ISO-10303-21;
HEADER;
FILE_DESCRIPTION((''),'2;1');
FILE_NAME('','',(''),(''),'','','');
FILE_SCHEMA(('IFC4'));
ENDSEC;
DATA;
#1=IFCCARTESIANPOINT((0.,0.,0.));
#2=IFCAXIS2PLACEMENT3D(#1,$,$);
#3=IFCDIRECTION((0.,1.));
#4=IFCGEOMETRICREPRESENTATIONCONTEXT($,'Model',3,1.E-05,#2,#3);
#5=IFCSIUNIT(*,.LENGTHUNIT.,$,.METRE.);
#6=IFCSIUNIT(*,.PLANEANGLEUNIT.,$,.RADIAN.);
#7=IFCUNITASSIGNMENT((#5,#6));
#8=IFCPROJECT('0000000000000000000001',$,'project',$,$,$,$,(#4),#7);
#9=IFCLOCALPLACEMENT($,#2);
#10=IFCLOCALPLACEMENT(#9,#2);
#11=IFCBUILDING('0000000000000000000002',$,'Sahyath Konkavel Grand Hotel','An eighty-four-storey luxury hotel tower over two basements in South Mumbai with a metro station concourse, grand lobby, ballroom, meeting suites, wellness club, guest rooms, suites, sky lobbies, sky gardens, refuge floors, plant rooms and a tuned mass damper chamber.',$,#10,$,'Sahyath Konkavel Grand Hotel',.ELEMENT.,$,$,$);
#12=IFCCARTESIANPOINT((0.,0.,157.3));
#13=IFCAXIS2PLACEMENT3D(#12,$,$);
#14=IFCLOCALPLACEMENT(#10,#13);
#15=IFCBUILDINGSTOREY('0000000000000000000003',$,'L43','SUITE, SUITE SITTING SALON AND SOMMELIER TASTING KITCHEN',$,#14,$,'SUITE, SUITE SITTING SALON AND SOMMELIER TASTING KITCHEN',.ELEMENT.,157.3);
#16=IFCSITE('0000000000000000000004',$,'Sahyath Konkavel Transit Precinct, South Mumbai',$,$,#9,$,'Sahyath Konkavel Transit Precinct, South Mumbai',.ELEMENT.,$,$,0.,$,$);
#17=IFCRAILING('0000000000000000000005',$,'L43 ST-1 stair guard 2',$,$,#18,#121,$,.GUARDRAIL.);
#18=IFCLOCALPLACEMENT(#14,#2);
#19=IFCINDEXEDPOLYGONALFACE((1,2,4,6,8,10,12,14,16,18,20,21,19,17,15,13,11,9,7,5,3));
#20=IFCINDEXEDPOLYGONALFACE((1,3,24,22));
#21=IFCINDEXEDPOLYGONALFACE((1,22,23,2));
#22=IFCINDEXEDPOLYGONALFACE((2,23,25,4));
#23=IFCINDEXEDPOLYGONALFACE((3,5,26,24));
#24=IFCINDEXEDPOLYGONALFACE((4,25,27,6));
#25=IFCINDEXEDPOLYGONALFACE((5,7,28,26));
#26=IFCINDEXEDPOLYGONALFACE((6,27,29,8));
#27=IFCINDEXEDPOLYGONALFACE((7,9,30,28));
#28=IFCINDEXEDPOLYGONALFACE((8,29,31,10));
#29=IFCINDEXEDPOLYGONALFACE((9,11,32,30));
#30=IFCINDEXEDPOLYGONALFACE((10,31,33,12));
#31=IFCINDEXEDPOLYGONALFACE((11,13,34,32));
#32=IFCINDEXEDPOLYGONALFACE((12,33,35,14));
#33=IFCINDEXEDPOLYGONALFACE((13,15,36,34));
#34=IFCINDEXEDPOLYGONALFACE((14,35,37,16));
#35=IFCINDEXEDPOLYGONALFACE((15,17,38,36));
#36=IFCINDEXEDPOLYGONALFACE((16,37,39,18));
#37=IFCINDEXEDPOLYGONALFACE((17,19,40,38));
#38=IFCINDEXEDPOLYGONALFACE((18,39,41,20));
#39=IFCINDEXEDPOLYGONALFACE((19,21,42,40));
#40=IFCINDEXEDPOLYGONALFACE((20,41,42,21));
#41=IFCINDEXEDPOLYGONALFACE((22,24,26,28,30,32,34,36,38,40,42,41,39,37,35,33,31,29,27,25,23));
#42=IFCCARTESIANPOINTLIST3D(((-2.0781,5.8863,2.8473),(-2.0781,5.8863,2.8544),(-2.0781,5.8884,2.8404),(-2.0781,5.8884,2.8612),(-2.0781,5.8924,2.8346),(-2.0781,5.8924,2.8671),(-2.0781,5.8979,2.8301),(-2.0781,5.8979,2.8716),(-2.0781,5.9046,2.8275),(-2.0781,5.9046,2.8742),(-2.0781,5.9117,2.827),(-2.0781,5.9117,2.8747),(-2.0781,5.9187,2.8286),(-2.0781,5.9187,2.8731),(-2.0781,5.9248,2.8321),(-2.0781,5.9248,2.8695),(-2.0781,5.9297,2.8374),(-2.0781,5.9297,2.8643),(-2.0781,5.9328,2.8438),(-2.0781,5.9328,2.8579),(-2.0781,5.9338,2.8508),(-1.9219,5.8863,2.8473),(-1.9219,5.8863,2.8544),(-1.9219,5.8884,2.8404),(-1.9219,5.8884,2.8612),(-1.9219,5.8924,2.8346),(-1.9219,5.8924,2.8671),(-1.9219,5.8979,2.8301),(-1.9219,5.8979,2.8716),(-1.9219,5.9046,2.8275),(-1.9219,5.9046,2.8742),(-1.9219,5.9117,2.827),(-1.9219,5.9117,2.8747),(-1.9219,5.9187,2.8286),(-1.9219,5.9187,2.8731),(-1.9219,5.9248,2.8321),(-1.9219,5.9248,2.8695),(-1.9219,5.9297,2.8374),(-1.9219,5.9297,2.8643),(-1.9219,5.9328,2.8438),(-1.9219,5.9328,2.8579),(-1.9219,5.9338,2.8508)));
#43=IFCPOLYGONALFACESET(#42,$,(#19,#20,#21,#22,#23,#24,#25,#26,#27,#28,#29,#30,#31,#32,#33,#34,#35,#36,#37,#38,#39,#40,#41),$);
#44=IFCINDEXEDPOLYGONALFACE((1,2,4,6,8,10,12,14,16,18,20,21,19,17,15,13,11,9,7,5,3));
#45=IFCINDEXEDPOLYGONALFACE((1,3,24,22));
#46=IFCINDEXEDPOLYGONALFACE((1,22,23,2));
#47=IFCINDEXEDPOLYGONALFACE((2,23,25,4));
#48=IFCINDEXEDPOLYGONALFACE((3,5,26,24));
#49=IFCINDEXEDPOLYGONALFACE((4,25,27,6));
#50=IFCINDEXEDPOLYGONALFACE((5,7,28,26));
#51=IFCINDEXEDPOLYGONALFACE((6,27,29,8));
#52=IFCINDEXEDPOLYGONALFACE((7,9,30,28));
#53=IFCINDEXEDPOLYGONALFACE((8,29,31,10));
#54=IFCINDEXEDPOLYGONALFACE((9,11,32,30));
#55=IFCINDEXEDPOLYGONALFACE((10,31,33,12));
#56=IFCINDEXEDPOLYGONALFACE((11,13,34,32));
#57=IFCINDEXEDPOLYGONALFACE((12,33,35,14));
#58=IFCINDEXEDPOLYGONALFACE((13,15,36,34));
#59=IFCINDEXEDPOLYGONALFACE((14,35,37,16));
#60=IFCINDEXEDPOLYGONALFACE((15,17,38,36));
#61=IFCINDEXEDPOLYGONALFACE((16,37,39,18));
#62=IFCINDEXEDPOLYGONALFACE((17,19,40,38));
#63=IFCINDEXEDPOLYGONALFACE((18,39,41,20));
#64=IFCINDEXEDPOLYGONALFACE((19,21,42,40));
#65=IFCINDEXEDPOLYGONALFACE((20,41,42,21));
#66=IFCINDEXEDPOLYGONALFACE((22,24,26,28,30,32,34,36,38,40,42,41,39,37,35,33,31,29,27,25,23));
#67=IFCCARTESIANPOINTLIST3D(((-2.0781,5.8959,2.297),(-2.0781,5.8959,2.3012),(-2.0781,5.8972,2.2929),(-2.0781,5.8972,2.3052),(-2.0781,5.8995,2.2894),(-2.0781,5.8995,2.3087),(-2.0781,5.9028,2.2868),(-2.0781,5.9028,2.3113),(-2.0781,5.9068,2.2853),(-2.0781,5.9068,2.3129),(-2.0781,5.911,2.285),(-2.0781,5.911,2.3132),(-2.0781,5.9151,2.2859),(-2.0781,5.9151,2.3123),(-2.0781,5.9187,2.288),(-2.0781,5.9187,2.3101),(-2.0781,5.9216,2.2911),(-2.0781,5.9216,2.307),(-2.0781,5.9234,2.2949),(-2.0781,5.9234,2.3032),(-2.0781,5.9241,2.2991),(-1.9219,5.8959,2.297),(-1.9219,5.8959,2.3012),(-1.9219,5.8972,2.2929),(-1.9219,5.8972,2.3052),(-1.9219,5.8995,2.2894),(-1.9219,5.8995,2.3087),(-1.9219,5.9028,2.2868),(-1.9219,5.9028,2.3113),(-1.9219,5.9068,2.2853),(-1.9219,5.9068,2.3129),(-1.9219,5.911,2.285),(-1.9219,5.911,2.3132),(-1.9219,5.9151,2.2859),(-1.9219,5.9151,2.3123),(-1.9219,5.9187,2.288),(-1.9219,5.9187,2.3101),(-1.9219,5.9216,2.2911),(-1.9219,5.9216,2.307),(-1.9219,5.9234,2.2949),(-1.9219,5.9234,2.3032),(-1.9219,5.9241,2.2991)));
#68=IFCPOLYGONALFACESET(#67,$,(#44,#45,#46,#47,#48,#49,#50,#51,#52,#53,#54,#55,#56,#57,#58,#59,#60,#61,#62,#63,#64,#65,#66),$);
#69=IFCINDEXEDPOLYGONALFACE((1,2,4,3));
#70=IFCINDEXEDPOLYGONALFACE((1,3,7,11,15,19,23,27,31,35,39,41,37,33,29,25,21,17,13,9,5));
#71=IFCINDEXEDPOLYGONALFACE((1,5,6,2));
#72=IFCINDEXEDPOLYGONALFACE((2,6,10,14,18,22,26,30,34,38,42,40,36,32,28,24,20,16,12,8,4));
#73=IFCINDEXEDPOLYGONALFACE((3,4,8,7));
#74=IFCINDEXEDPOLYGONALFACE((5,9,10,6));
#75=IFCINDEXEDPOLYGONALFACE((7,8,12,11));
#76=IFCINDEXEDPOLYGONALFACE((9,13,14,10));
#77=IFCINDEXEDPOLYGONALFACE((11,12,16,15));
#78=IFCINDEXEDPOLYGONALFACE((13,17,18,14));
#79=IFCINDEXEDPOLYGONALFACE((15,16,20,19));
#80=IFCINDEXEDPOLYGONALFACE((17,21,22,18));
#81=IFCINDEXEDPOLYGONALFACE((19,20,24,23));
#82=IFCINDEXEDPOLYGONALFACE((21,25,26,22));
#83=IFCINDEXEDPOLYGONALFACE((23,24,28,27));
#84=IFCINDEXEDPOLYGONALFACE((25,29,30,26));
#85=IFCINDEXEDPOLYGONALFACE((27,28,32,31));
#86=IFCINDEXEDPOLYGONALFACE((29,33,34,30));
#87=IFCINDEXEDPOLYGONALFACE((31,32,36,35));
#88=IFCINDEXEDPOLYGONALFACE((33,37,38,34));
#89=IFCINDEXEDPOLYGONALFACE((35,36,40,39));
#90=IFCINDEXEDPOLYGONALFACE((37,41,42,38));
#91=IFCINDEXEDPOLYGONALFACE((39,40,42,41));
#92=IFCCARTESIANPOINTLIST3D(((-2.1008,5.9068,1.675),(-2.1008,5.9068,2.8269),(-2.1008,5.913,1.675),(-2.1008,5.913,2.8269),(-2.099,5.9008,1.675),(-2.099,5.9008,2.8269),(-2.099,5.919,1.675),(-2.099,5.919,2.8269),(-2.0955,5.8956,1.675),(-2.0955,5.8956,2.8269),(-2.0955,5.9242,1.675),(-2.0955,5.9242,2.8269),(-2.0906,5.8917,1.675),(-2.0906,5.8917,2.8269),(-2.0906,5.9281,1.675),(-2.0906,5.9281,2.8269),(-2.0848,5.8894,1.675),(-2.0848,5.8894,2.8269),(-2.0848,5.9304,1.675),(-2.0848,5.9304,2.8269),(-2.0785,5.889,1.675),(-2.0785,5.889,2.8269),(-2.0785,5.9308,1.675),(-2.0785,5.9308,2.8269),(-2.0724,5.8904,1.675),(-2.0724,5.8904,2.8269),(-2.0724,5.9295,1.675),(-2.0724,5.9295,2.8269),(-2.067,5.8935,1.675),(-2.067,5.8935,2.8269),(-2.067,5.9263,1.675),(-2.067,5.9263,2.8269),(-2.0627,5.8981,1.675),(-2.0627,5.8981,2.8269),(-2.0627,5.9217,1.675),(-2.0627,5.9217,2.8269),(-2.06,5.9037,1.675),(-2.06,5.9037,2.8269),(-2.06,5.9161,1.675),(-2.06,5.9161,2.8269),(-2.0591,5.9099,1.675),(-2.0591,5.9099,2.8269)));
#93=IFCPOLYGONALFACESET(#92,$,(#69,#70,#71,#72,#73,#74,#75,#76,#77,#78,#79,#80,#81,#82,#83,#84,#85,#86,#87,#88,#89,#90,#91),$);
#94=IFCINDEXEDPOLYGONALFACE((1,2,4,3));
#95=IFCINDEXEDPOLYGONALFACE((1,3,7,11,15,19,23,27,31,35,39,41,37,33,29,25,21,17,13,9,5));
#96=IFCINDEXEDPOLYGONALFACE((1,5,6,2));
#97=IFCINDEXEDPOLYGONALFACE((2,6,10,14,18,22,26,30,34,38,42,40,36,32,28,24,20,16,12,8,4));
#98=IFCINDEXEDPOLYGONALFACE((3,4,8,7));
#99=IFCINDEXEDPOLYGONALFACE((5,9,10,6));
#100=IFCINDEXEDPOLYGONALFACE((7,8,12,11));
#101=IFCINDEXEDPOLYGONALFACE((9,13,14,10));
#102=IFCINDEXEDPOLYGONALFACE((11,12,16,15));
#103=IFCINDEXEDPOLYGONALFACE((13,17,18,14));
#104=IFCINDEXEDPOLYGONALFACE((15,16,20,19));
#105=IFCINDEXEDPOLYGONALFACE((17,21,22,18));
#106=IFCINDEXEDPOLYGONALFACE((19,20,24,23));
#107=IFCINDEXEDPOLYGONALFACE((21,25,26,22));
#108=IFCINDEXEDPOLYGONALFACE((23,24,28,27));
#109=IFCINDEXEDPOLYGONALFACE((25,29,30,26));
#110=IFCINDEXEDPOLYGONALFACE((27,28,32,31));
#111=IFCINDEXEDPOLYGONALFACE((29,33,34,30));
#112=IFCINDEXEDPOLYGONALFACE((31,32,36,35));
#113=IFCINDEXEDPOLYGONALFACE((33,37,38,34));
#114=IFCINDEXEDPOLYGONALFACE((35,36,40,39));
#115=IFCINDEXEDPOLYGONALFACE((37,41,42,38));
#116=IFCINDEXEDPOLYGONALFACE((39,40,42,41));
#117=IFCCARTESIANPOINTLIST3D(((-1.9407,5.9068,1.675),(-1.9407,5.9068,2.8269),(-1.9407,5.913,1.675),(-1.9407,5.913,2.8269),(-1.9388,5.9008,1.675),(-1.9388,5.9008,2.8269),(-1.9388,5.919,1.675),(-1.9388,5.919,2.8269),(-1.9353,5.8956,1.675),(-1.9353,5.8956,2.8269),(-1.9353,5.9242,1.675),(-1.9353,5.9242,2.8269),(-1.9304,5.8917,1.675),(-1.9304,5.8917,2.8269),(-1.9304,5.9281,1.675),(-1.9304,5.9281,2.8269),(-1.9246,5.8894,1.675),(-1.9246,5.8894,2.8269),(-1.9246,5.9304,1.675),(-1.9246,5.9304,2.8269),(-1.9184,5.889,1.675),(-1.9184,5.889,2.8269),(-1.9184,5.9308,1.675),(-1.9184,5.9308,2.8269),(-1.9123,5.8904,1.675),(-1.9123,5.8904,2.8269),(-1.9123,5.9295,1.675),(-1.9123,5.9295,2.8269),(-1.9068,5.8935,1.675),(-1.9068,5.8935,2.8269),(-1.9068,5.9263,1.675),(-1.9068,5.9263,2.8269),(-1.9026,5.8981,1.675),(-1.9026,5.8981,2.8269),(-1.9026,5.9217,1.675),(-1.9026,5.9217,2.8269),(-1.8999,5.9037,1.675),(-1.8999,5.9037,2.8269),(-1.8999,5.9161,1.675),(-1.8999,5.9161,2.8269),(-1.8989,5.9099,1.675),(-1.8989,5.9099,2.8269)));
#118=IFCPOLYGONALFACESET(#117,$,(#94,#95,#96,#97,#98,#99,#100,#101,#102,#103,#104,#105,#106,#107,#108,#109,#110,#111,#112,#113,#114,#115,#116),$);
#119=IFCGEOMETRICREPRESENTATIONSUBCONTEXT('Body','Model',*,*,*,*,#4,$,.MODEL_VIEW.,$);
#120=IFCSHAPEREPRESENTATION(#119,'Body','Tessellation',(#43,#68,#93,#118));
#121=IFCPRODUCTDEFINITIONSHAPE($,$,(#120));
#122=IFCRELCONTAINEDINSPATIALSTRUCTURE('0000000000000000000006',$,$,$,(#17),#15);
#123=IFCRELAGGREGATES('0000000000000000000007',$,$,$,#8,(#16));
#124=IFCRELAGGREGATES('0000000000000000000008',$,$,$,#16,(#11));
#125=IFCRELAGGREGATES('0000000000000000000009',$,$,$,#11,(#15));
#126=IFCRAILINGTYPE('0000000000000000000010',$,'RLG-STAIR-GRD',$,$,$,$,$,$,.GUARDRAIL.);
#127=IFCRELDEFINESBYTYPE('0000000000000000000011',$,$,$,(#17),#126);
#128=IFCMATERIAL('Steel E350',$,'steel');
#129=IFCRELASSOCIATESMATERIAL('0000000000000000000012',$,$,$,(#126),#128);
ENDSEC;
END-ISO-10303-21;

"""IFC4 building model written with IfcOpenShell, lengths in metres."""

from ifc_helpers import new_model, si_unit, direction, frame, origin, origin_2d, place, context, subcontext, project, spatial, circle, extrude, material, type_object, element, save


model = new_model("IFC4")

# Units and contexts
model_context = context("Model", 3, precision=1e-05, world=origin(), true_north=direction((0.0, 1.0)))
body_context = subcontext(model_context, "Body", "Model", "MODEL_VIEW")
ifc_project = project(units=[si_unit("LENGTHUNIT", "METRE"), si_unit("PLANEANGLEUNIT", "RADIAN")], contexts=[model_context])

# Site, building, storey
site_placement = place(None, origin())
site = spatial("IfcSite", under=ifc_project, at=site_placement, Name="Sahyath Konkavel Transit Precinct, South Mumbai", LongName="Sahyath Konkavel Transit Precinct, South Mumbai", CompositionType="ELEMENT", RefElevation=0.0)
building_placement = place(site_placement, origin())
building = spatial("IfcBuilding", under=site, at=building_placement, Name="Sahyath Konkavel Grand Hotel", Description="An eighty-four-storey luxury hotel tower over two basements in South Mumbai with a metro station concourse, grand lobby, ballroom, meeting suites, wellness club, guest rooms, suites, sky lobbies, sky gardens, refuge floors, plant rooms and a tuned mass damper chamber.", LongName="Sahyath Konkavel Grand Hotel", CompositionType="ELEMENT")
storey_placement = place(building_placement, frame((0.0, 0.0, 157.3)))
storey = spatial("IfcBuildingStorey", under=building, at=storey_placement, Name="L43", Description="SUITE, SUITE SITTING SALON AND SOMMELIER TASTING KITCHEN", LongName="SUITE, SUITE SITTING SALON AND SOMMELIER TASTING KITCHEN", CompositionType="ELEMENT", Elevation=157.3)

# Shared definitions
ifc_material_1 = material(Name="Steel E350", Category="steel")

# Railing
railing_type_1 = type_object("IfcRailingType", Name="RLG-STAIR-GRD", PredefinedType="GUARDRAIL", material=ifc_material_1)
railing_1_placement = place(storey_placement, frame((-2.0801, 5.9099, 1.675)))
element("IfcRailing", 1, at=railing_1_placement, inside=storey, type_object=railing_type_1, Name="L43 ST-1 stair guard 2", PredefinedType="GUARDRAIL", context=body_context, shape_type="SweptSolid", body=[
    extrude(circle(Radius=0.0239, at=origin_2d()), frame((0.002, 0.0, 1.1758), z_axis=(1.0, 0.0, 0.0), x_axis=(0.0, 1.0, 0.0)), (0.0, 0.0, 1.0), 0.1562),
    extrude(circle(Radius=0.0142, at=origin_2d()), frame((0.002, 0.0, 0.624), z_axis=(1.0, 0.0, 0.0), x_axis=(0.0, 1.0, 0.0)), (0.0, 0.0, 1.0), 0.1562),
    extrude(circle(Radius=0.021, at=origin_2d()), origin(), (0.0, 0.0, 1.0), 1.1519),
    extrude(circle(Radius=0.021, at=origin_2d()), frame((0.1602, 0.0, 0.0)), (0.0, 0.0, 1.0), 1.1519),
])

save(model, "model.ifc")
